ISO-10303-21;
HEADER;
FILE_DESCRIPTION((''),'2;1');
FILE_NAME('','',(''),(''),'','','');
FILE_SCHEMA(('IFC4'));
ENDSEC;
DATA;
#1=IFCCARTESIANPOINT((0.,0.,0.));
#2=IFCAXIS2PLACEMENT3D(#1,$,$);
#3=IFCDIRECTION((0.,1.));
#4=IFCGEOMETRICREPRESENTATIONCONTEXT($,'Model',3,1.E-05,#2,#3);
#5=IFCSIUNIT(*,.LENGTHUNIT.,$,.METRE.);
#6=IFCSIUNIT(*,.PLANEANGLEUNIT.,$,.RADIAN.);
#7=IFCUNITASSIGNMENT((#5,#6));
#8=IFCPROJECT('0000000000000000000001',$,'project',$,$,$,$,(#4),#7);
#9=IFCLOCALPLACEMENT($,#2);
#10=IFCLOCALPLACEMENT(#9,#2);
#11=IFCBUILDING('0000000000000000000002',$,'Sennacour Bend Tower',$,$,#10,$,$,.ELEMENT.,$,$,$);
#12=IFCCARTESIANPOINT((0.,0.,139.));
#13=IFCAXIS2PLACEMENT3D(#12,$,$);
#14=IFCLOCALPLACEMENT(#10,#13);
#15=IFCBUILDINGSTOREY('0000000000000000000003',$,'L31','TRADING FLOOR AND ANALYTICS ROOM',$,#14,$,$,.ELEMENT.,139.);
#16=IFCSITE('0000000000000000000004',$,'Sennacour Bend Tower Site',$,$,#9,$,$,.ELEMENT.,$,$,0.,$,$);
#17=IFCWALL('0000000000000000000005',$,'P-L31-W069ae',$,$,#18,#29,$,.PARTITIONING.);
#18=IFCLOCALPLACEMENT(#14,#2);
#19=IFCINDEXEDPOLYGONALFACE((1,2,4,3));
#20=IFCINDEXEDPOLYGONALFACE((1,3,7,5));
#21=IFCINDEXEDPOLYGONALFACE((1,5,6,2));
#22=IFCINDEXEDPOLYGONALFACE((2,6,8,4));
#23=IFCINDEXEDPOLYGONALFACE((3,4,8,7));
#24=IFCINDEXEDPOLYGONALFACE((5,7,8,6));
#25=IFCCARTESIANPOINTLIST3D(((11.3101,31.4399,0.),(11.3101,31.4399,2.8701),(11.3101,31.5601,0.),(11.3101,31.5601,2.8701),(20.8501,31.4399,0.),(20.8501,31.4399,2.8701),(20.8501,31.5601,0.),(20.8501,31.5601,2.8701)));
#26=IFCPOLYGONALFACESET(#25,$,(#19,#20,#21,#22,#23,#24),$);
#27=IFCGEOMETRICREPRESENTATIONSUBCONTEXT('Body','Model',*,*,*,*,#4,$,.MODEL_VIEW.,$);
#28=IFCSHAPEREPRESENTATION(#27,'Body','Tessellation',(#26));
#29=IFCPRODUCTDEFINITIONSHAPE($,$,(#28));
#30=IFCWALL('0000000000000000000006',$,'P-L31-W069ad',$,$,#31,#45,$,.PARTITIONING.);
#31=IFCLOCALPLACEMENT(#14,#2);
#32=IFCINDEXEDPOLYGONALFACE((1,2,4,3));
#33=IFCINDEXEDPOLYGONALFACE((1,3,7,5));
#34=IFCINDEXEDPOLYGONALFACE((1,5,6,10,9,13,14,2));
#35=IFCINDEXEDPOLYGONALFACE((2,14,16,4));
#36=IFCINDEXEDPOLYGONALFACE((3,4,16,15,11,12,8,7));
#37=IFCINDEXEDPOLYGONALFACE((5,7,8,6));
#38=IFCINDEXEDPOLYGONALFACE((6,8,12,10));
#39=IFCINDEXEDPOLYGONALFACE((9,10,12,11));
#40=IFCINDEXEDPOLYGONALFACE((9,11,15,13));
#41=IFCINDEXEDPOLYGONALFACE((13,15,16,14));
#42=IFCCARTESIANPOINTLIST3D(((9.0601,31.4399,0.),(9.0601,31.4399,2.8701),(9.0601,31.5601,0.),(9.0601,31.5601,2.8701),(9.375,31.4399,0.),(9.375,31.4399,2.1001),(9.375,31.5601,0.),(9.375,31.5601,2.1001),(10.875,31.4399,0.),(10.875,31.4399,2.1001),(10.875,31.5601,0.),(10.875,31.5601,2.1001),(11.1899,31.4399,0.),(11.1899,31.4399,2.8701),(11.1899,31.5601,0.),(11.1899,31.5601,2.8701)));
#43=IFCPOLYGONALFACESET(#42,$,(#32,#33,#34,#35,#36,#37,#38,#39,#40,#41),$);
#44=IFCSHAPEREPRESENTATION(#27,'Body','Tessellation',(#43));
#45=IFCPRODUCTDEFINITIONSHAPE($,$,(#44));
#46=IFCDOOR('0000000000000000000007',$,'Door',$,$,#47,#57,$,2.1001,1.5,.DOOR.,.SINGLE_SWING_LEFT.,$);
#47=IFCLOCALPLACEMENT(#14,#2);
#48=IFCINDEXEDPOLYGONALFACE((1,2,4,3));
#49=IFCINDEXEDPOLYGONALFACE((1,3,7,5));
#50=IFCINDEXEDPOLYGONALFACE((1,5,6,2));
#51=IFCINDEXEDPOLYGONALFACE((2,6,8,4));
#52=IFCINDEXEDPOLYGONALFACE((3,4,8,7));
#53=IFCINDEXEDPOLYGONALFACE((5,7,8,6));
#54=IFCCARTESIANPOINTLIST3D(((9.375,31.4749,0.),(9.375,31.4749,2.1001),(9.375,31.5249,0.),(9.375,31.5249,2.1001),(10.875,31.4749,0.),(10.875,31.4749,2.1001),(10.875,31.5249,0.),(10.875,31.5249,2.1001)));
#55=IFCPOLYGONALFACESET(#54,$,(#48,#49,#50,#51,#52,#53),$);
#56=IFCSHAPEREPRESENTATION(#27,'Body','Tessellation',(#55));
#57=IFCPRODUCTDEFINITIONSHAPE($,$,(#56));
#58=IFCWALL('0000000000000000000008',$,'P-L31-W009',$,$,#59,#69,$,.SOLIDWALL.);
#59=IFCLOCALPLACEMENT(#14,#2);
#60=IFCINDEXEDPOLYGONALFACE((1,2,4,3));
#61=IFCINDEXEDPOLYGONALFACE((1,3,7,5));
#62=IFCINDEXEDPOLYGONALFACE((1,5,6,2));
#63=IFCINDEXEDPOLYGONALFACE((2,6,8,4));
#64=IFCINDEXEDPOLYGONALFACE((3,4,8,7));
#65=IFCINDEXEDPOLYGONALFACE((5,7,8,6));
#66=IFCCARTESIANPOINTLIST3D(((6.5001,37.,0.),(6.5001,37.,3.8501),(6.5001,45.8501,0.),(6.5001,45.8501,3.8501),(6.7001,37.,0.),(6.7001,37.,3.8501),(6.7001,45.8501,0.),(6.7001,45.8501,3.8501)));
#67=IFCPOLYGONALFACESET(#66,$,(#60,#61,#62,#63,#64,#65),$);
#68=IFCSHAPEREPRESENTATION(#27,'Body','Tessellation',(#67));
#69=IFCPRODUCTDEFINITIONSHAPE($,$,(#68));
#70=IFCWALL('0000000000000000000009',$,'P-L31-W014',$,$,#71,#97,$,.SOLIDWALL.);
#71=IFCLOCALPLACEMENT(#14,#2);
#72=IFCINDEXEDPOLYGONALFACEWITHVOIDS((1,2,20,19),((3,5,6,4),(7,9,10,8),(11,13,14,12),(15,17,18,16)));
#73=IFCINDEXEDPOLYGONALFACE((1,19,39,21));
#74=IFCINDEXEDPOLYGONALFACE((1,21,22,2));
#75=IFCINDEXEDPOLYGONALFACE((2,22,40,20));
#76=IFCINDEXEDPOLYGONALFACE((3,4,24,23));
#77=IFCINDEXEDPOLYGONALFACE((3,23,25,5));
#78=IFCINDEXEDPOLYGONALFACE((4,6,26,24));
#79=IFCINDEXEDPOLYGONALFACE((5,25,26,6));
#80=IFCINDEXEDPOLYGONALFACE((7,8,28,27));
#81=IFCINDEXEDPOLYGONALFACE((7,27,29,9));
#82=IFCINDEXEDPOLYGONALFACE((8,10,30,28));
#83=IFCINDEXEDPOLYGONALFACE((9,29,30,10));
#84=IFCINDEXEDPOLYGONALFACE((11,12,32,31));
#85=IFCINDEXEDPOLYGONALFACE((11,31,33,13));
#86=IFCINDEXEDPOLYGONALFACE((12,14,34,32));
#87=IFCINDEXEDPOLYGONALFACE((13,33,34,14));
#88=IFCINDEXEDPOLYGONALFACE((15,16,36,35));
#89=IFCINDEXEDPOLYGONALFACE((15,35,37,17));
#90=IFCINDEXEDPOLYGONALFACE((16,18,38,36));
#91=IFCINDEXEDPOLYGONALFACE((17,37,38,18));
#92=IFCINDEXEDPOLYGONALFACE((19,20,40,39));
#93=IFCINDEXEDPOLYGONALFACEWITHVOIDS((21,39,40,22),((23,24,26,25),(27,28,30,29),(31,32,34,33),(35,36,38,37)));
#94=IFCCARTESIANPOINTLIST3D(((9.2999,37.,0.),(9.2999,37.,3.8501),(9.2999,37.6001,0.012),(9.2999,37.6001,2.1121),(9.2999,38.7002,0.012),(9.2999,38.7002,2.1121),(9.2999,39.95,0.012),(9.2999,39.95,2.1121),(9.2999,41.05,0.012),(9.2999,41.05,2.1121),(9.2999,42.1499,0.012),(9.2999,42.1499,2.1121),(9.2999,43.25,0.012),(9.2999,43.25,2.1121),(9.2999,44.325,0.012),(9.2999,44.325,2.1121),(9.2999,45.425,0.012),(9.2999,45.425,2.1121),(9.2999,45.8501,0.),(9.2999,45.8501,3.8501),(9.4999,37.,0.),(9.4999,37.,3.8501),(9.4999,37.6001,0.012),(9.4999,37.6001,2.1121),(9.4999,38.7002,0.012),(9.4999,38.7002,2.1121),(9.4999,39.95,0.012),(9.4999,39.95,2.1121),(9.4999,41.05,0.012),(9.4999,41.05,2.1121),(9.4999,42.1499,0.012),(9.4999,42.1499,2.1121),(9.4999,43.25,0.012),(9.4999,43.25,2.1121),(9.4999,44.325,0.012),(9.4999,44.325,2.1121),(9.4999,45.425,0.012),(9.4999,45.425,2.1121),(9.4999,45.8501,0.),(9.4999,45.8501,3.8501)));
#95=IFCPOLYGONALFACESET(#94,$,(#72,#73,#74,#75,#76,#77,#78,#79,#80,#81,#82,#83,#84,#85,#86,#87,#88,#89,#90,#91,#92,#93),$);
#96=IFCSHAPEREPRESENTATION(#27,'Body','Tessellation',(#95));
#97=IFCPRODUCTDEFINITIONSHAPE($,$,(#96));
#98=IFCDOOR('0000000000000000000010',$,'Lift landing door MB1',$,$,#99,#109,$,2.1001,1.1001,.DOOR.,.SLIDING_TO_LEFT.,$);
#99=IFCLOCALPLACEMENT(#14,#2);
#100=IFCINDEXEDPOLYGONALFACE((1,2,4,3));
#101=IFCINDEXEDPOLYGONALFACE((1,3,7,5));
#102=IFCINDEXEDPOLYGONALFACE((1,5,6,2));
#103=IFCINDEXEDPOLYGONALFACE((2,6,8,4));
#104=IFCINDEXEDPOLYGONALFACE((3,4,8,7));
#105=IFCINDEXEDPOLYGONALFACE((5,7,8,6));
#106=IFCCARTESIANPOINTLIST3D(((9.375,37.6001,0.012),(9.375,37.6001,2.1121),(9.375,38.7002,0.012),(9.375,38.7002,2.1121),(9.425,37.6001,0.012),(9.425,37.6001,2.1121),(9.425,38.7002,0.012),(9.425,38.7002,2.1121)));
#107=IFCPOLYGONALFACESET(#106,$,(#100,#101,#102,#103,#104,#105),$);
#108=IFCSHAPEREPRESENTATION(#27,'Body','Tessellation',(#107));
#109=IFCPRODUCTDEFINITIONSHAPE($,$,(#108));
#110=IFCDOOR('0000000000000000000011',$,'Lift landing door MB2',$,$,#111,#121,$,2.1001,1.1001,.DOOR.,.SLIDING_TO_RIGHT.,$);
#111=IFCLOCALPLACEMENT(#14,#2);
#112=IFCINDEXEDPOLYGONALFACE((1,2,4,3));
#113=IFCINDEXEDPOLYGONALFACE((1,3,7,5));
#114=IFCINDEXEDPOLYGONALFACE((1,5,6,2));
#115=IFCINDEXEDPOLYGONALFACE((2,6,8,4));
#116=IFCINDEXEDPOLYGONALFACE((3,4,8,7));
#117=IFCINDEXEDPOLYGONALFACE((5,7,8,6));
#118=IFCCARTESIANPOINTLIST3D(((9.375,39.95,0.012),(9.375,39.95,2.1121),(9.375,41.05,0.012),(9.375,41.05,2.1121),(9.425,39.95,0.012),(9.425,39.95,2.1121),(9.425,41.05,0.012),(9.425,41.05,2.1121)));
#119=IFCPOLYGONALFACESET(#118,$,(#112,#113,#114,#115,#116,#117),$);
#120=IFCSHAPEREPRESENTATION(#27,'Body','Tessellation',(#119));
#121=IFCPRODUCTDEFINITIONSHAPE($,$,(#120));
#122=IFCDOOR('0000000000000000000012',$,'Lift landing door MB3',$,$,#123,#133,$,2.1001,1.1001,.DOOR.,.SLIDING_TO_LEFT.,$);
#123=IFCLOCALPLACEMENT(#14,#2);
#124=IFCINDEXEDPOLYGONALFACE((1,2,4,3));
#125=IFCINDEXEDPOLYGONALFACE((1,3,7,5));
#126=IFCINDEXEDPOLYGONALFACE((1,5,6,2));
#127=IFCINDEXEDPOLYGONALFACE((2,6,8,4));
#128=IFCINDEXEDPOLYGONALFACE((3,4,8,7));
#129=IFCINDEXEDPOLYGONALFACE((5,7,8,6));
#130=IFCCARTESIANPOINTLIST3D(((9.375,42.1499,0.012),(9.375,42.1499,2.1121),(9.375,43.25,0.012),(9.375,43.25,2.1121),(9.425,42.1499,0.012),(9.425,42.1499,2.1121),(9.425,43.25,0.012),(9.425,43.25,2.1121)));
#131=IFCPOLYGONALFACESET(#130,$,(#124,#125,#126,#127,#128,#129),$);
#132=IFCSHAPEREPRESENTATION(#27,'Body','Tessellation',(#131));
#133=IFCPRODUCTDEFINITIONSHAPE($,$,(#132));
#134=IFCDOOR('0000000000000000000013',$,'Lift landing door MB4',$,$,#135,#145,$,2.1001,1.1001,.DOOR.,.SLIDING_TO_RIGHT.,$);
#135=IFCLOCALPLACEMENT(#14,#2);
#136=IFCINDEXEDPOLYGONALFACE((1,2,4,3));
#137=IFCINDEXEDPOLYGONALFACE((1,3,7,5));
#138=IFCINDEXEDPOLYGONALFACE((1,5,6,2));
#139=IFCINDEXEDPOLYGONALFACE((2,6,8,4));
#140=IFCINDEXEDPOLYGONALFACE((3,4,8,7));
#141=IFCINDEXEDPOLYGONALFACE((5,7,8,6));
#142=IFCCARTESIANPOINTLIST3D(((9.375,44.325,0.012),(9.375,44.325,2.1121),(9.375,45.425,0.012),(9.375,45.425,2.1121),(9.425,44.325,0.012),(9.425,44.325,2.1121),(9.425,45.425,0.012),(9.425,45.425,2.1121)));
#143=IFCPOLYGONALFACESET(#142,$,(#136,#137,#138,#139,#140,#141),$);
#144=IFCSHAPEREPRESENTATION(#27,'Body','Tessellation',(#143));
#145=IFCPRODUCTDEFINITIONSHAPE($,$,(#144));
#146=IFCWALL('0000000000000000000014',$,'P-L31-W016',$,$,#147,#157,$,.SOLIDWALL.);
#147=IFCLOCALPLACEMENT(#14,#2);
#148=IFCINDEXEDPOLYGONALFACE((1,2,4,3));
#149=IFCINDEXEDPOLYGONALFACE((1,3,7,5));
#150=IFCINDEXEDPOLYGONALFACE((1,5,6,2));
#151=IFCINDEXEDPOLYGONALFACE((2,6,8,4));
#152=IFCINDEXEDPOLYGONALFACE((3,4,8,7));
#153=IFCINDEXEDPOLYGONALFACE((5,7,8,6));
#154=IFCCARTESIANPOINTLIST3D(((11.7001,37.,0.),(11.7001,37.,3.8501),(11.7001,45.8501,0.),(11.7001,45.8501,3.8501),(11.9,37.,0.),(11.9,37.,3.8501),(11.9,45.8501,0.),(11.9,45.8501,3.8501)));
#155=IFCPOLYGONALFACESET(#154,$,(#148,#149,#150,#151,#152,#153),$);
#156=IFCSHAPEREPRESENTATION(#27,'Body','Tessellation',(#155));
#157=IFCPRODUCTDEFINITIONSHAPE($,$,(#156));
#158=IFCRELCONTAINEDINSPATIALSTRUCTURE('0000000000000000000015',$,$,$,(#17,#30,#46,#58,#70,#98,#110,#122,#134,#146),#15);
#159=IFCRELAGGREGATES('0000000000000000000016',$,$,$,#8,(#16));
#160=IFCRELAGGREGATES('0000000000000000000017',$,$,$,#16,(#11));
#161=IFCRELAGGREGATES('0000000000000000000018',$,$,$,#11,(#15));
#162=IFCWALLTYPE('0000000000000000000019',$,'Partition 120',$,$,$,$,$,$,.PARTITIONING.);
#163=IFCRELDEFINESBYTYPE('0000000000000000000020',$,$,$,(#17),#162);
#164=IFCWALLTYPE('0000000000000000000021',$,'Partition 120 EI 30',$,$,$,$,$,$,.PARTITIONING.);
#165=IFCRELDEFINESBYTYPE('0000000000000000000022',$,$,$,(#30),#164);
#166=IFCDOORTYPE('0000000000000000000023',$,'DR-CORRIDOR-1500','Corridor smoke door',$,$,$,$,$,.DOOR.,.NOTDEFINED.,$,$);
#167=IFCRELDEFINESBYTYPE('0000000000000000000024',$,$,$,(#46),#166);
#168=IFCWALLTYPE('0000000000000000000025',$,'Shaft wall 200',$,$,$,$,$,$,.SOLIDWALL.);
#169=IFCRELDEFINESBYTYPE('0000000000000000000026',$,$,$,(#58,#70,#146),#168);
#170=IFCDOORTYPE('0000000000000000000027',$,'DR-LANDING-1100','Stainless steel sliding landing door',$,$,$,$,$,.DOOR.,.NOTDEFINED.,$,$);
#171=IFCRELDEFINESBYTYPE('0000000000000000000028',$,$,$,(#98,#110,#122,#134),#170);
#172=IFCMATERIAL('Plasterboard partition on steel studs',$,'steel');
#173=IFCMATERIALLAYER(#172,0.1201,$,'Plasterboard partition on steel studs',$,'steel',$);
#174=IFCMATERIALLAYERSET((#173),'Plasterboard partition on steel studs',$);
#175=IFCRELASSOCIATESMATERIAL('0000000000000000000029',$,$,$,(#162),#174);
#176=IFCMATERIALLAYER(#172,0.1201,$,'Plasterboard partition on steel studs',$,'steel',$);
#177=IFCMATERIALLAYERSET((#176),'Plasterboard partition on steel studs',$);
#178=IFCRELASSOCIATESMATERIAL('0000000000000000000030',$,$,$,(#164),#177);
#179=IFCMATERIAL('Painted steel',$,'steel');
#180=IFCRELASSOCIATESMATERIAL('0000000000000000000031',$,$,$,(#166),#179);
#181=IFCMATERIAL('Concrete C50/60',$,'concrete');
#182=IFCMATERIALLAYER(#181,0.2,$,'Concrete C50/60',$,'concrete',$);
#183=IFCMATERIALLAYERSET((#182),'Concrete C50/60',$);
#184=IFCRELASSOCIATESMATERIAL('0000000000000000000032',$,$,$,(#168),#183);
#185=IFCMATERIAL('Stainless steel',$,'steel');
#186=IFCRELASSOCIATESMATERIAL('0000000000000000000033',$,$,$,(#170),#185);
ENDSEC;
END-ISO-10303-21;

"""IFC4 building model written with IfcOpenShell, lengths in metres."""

from ifc_helpers import new_model, si_unit, direction, frame, frame_2d, origin, place, context, subcontext, project, spatial, rectangle, extrude, material, layer, layer_set, type_object, element, fill, save


model = new_model("IFC4")

# Units and contexts
model_context = context("Model", 3, precision=1e-05, world=origin(), true_north=direction((0.0, 1.0)))
body_context = subcontext(model_context, "Body", "Model", "MODEL_VIEW")
ifc_project = project(units=[si_unit("LENGTHUNIT", "METRE"), si_unit("PLANEANGLEUNIT", "RADIAN")], contexts=[model_context])

# Site, building, storey
site_placement = place(None, origin())
site = spatial("IfcSite", under=ifc_project, at=site_placement, Name="Sennacour Bend Tower Site", CompositionType="ELEMENT", RefElevation=0.0)
building_placement = place(site_placement, origin())
building = spatial("IfcBuilding", under=site, at=building_placement, Name="Sennacour Bend Tower", CompositionType="ELEMENT")
storey_placement = place(building_placement, frame((0.0, 0.0, 139.0)))
storey = spatial("IfcBuildingStorey", under=building, at=storey_placement, Name="L31", Description="TRADING FLOOR AND ANALYTICS ROOM", CompositionType="ELEMENT", Elevation=139.0)

# Wall
ifc_material_1 = material(Name="Plasterboard partition on steel studs", Category="steel")
ifc_layer_1 = layer(ifc_material_1, 0.1201, Name="Plasterboard partition on steel studs", Category="steel")
ifc_layer_set_1 = layer_set([ifc_layer_1], Name="Plasterboard partition on steel studs")
wall_type_1 = type_object("IfcWallType", Name="Partition 120", PredefinedType="PARTITIONING", material=ifc_layer_set_1)
wall_1_placement = place(storey_placement, frame((11.3101, 31.5, 0.0), z_axis=(0.0, 0.0, 1.0), x_axis=(1.0, 0.0, 0.0)))
element("IfcWall", 1, at=wall_1_placement, inside=storey, type_object=wall_type_1, Name="P-L31-W069ae", PredefinedType="PARTITIONING", context=body_context, shape_type="SweptSolid", body=[
    extrude(rectangle(XDim=9.54, YDim=0.1201, at=frame_2d((4.77, 0.0))), origin(), (0.0, 0.0, 1.0), 2.8701),
])

# Wall, opening, door
ifc_layer_2 = layer(ifc_material_1, 0.1201, Name="Plasterboard partition on steel studs", Category="steel")
ifc_layer_set_2 = layer_set([ifc_layer_2], Name="Plasterboard partition on steel studs")
wall_type_2 = type_object("IfcWallType", Name="Partition 120 EI 30", PredefinedType="PARTITIONING", material=ifc_layer_set_2)
wall_2_placement = place(storey_placement, frame((9.0601, 31.5, 0.0), z_axis=(0.0, 0.0, 1.0), x_axis=(1.0, 0.0, 0.0)))
wall_2 = element("IfcWall", 2, at=wall_2_placement, inside=storey, type_object=wall_type_2, Name="P-L31-W069ad", PredefinedType="PARTITIONING", context=body_context, shape_type="SweptSolid", body=[
    extrude(rectangle(XDim=2.1299, YDim=0.1201, at=frame_2d((1.0649, 0.0))), origin(), (0.0, 0.0, 1.0), 2.8701),
])
opening_1_placement = place(wall_2_placement, frame((0.3149, 0.0, 0.0)))
opening_1 = element("IfcOpeningElement", 3, at=opening_1_placement, cuts=wall_2, PredefinedType="OPENING", context=body_context, shape_type="SweptSolid", body=[
    extrude(rectangle(XDim=1.5, YDim=2.1001, at=frame_2d((0.75, 1.05))), frame((0.0, 0.0701, 0.0), z_axis=(0.0, -1.0, 0.0), x_axis=(1.0, 0.0, 0.0)), (0.0, 0.0, 1.0), 0.1401),
])
ifc_material_2 = material(Name="Painted steel", Category="steel")
door_type_1 = type_object("IfcDoorType", Name="DR-CORRIDOR-1500", Description="Corridor smoke door", OperationType="NOTDEFINED", PredefinedType="DOOR", material=ifc_material_2)
door_1_placement = place(opening_1_placement, origin())
door_1 = element("IfcDoor", 4, at=door_1_placement, inside=storey, type_object=door_type_1, Name="Door", OperationType="SINGLE_SWING_LEFT", OverallHeight=2.1001, OverallWidth=1.5, PredefinedType="DOOR", context=body_context, shape_type="SweptSolid", body=[
    extrude(rectangle(XDim=1.5, YDim=2.1001, at=frame_2d((0.75, 1.05))), frame((0.0, 0.0249, 0.0), z_axis=(0.0, -1.0, 0.0), x_axis=(1.0, 0.0, 0.0)), (0.0, 0.0, 1.0), 0.05),
])
fill(opening_1, door_1)

# Wall
ifc_material_3 = material(Name="Concrete C50/60", Category="concrete")
ifc_layer_3 = layer(ifc_material_3, 0.2, Name="Concrete C50/60", Category="concrete")
ifc_layer_set_3 = layer_set([ifc_layer_3], Name="Concrete C50/60")
wall_type_3 = type_object("IfcWallType", Name="Shaft wall 200", PredefinedType="SOLIDWALL", material=ifc_layer_set_3)
wall_3_placement = place(storey_placement, frame((6.6001, 37.0, 0.0), z_axis=(0.0, 0.0, 1.0), x_axis=(0.0, 1.0, 0.0)))
element("IfcWall", 5, at=wall_3_placement, inside=storey, type_object=wall_type_3, Name="P-L31-W009", PredefinedType="SOLIDWALL", context=body_context, shape_type="SweptSolid", body=[
    extrude(rectangle(XDim=8.8501, YDim=0.2, at=frame_2d((4.425, 0.0))), origin(), (0.0, 0.0, 1.0), 3.8501),
])

# Wall, openings, doors
wall_4_placement = place(storey_placement, frame((9.3999, 37.0, 0.0), z_axis=(0.0, 0.0, 1.0), x_axis=(0.0, 1.0, 0.0)))
wall_4 = element("IfcWall", 6, at=wall_4_placement, inside=storey, type_object=wall_type_3, Name="P-L31-W014", PredefinedType="SOLIDWALL", context=body_context, shape_type="SweptSolid", body=[
    extrude(rectangle(XDim=8.8501, YDim=0.2, at=frame_2d((4.425, 0.0))), origin(), (0.0, 0.0, 1.0), 3.8501),
])
opening_2_placement = place(wall_4_placement, frame((0.6001, 0.0, 0.012)))
opening_2 = element("IfcOpeningElement", 7, at=opening_2_placement, cuts=wall_4, PredefinedType="OPENING", context=body_context, shape_type="SweptSolid", body=[
    extrude(rectangle(XDim=1.1001, YDim=2.1001, at=frame_2d((0.55, 1.05))), frame((0.0, 0.1099, 0.0), z_axis=(0.0, -1.0, 0.0), x_axis=(1.0, 0.0, 0.0)), (0.0, 0.0, 1.0), 0.22),
])
opening_3_placement = place(wall_4_placement, frame((2.95, 0.0, 0.012)))
opening_3 = element("IfcOpeningElement", 8, at=opening_3_placement, cuts=wall_4, PredefinedType="OPENING", context=body_context, shape_type="SweptSolid", body=[
    extrude(rectangle(XDim=1.1001, YDim=2.1001, at=frame_2d((0.55, 1.05))), frame((0.0, 0.1099, 0.0), z_axis=(0.0, -1.0, 0.0), x_axis=(1.0, 0.0, 0.0)), (0.0, 0.0, 1.0), 0.22),
])
opening_4_placement = place(wall_4_placement, frame((5.1499, 0.0, 0.012)))
opening_4 = element("IfcOpeningElement", 9, at=opening_4_placement, cuts=wall_4, PredefinedType="OPENING", context=body_context, shape_type="SweptSolid", body=[
    extrude(rectangle(XDim=1.1001, YDim=2.1001, at=frame_2d((0.55, 1.05))), frame((0.0, 0.1099, 0.0), z_axis=(0.0, -1.0, 0.0), x_axis=(1.0, 0.0, 0.0)), (0.0, 0.0, 1.0), 0.22),
])
opening_5_placement = place(wall_4_placement, frame((7.325, 0.0, 0.012)))
opening_5 = element("IfcOpeningElement", 10, at=opening_5_placement, cuts=wall_4, PredefinedType="OPENING", context=body_context, shape_type="SweptSolid", body=[
    extrude(rectangle(XDim=1.1001, YDim=2.1001, at=frame_2d((0.55, 1.05))), frame((0.0, 0.1099, 0.0), z_axis=(0.0, -1.0, 0.0), x_axis=(1.0, 0.0, 0.0)), (0.0, 0.0, 1.0), 0.22),
])
ifc_material_4 = material(Name="Stainless steel", Category="steel")
door_type_2 = type_object("IfcDoorType", Name="DR-LANDING-1100", Description="Stainless steel sliding landing door", OperationType="NOTDEFINED", PredefinedType="DOOR", material=ifc_material_4)
door_2_placement = place(opening_2_placement, origin())
door_2 = element("IfcDoor", 11, at=door_2_placement, inside=storey, type_object=door_type_2, Name="Lift landing door MB1", OperationType="SLIDING_TO_LEFT", OverallHeight=2.1001, OverallWidth=1.1001, PredefinedType="DOOR", context=body_context, shape_type="SweptSolid", body=[
    extrude(rectangle(XDim=1.1001, YDim=2.1001, at=frame_2d((0.55, 1.05))), frame((0.0, 0.0249, 0.0), z_axis=(0.0, -1.0, 0.0), x_axis=(1.0, 0.0, 0.0)), (0.0, 0.0, 1.0), 0.05),
])
fill(opening_2, door_2)
door_3_placement = place(opening_3_placement, origin())
door_3 = element("IfcDoor", 12, at=door_3_placement, inside=storey, type_object=door_type_2, Name="Lift landing door MB2", OperationType="SLIDING_TO_RIGHT", OverallHeight=2.1001, OverallWidth=1.1001, PredefinedType="DOOR", context=body_context, shape_type="SweptSolid", body=[
    extrude(rectangle(XDim=1.1001, YDim=2.1001, at=frame_2d((0.55, 1.05))), frame((0.0, 0.0249, 0.0), z_axis=(0.0, -1.0, 0.0), x_axis=(1.0, 0.0, 0.0)), (0.0, 0.0, 1.0), 0.05),
])
fill(opening_3, door_3)
door_4_placement = place(opening_4_placement, origin())
door_4 = element("IfcDoor", 13, at=door_4_placement, inside=storey, type_object=door_type_2, Name="Lift landing door MB3", OperationType="SLIDING_TO_LEFT", OverallHeight=2.1001, OverallWidth=1.1001, PredefinedType="DOOR", context=body_context, shape_type="SweptSolid", body=[
    extrude(rectangle(XDim=1.1001, YDim=2.1001, at=frame_2d((0.55, 1.05))), frame((0.0, 0.0249, 0.0), z_axis=(0.0, -1.0, 0.0), x_axis=(1.0, 0.0, 0.0)), (0.0, 0.0, 1.0), 0.05),
])
fill(opening_4, door_4)
door_5_placement = place(opening_5_placement, origin())
door_5 = element("IfcDoor", 14, at=door_5_placement, inside=storey, type_object=door_type_2, Name="Lift landing door MB4", OperationType="SLIDING_TO_RIGHT", OverallHeight=2.1001, OverallWidth=1.1001, PredefinedType="DOOR", context=body_context, shape_type="SweptSolid", body=[
    extrude(rectangle(XDim=1.1001, YDim=2.1001, at=frame_2d((0.55, 1.05))), frame((0.0, 0.0249, 0.0), z_axis=(0.0, -1.0, 0.0), x_axis=(1.0, 0.0, 0.0)), (0.0, 0.0, 1.0), 0.05),
])
fill(opening_5, door_5)

# Wall
wall_5_placement = place(storey_placement, frame((11.8, 37.0, 0.0), z_axis=(0.0, 0.0, 1.0), x_axis=(0.0, 1.0, 0.0)))
element("IfcWall", 15, at=wall_5_placement, inside=storey, type_object=wall_type_3, Name="P-L31-W016", PredefinedType="SOLIDWALL", context=body_context, shape_type="SweptSolid", body=[
    extrude(rectangle(XDim=8.8501, YDim=0.2, at=frame_2d((4.425, 0.0))), origin(), (0.0, 0.0, 1.0), 3.8501),
])

save(model, "model.ifc")
